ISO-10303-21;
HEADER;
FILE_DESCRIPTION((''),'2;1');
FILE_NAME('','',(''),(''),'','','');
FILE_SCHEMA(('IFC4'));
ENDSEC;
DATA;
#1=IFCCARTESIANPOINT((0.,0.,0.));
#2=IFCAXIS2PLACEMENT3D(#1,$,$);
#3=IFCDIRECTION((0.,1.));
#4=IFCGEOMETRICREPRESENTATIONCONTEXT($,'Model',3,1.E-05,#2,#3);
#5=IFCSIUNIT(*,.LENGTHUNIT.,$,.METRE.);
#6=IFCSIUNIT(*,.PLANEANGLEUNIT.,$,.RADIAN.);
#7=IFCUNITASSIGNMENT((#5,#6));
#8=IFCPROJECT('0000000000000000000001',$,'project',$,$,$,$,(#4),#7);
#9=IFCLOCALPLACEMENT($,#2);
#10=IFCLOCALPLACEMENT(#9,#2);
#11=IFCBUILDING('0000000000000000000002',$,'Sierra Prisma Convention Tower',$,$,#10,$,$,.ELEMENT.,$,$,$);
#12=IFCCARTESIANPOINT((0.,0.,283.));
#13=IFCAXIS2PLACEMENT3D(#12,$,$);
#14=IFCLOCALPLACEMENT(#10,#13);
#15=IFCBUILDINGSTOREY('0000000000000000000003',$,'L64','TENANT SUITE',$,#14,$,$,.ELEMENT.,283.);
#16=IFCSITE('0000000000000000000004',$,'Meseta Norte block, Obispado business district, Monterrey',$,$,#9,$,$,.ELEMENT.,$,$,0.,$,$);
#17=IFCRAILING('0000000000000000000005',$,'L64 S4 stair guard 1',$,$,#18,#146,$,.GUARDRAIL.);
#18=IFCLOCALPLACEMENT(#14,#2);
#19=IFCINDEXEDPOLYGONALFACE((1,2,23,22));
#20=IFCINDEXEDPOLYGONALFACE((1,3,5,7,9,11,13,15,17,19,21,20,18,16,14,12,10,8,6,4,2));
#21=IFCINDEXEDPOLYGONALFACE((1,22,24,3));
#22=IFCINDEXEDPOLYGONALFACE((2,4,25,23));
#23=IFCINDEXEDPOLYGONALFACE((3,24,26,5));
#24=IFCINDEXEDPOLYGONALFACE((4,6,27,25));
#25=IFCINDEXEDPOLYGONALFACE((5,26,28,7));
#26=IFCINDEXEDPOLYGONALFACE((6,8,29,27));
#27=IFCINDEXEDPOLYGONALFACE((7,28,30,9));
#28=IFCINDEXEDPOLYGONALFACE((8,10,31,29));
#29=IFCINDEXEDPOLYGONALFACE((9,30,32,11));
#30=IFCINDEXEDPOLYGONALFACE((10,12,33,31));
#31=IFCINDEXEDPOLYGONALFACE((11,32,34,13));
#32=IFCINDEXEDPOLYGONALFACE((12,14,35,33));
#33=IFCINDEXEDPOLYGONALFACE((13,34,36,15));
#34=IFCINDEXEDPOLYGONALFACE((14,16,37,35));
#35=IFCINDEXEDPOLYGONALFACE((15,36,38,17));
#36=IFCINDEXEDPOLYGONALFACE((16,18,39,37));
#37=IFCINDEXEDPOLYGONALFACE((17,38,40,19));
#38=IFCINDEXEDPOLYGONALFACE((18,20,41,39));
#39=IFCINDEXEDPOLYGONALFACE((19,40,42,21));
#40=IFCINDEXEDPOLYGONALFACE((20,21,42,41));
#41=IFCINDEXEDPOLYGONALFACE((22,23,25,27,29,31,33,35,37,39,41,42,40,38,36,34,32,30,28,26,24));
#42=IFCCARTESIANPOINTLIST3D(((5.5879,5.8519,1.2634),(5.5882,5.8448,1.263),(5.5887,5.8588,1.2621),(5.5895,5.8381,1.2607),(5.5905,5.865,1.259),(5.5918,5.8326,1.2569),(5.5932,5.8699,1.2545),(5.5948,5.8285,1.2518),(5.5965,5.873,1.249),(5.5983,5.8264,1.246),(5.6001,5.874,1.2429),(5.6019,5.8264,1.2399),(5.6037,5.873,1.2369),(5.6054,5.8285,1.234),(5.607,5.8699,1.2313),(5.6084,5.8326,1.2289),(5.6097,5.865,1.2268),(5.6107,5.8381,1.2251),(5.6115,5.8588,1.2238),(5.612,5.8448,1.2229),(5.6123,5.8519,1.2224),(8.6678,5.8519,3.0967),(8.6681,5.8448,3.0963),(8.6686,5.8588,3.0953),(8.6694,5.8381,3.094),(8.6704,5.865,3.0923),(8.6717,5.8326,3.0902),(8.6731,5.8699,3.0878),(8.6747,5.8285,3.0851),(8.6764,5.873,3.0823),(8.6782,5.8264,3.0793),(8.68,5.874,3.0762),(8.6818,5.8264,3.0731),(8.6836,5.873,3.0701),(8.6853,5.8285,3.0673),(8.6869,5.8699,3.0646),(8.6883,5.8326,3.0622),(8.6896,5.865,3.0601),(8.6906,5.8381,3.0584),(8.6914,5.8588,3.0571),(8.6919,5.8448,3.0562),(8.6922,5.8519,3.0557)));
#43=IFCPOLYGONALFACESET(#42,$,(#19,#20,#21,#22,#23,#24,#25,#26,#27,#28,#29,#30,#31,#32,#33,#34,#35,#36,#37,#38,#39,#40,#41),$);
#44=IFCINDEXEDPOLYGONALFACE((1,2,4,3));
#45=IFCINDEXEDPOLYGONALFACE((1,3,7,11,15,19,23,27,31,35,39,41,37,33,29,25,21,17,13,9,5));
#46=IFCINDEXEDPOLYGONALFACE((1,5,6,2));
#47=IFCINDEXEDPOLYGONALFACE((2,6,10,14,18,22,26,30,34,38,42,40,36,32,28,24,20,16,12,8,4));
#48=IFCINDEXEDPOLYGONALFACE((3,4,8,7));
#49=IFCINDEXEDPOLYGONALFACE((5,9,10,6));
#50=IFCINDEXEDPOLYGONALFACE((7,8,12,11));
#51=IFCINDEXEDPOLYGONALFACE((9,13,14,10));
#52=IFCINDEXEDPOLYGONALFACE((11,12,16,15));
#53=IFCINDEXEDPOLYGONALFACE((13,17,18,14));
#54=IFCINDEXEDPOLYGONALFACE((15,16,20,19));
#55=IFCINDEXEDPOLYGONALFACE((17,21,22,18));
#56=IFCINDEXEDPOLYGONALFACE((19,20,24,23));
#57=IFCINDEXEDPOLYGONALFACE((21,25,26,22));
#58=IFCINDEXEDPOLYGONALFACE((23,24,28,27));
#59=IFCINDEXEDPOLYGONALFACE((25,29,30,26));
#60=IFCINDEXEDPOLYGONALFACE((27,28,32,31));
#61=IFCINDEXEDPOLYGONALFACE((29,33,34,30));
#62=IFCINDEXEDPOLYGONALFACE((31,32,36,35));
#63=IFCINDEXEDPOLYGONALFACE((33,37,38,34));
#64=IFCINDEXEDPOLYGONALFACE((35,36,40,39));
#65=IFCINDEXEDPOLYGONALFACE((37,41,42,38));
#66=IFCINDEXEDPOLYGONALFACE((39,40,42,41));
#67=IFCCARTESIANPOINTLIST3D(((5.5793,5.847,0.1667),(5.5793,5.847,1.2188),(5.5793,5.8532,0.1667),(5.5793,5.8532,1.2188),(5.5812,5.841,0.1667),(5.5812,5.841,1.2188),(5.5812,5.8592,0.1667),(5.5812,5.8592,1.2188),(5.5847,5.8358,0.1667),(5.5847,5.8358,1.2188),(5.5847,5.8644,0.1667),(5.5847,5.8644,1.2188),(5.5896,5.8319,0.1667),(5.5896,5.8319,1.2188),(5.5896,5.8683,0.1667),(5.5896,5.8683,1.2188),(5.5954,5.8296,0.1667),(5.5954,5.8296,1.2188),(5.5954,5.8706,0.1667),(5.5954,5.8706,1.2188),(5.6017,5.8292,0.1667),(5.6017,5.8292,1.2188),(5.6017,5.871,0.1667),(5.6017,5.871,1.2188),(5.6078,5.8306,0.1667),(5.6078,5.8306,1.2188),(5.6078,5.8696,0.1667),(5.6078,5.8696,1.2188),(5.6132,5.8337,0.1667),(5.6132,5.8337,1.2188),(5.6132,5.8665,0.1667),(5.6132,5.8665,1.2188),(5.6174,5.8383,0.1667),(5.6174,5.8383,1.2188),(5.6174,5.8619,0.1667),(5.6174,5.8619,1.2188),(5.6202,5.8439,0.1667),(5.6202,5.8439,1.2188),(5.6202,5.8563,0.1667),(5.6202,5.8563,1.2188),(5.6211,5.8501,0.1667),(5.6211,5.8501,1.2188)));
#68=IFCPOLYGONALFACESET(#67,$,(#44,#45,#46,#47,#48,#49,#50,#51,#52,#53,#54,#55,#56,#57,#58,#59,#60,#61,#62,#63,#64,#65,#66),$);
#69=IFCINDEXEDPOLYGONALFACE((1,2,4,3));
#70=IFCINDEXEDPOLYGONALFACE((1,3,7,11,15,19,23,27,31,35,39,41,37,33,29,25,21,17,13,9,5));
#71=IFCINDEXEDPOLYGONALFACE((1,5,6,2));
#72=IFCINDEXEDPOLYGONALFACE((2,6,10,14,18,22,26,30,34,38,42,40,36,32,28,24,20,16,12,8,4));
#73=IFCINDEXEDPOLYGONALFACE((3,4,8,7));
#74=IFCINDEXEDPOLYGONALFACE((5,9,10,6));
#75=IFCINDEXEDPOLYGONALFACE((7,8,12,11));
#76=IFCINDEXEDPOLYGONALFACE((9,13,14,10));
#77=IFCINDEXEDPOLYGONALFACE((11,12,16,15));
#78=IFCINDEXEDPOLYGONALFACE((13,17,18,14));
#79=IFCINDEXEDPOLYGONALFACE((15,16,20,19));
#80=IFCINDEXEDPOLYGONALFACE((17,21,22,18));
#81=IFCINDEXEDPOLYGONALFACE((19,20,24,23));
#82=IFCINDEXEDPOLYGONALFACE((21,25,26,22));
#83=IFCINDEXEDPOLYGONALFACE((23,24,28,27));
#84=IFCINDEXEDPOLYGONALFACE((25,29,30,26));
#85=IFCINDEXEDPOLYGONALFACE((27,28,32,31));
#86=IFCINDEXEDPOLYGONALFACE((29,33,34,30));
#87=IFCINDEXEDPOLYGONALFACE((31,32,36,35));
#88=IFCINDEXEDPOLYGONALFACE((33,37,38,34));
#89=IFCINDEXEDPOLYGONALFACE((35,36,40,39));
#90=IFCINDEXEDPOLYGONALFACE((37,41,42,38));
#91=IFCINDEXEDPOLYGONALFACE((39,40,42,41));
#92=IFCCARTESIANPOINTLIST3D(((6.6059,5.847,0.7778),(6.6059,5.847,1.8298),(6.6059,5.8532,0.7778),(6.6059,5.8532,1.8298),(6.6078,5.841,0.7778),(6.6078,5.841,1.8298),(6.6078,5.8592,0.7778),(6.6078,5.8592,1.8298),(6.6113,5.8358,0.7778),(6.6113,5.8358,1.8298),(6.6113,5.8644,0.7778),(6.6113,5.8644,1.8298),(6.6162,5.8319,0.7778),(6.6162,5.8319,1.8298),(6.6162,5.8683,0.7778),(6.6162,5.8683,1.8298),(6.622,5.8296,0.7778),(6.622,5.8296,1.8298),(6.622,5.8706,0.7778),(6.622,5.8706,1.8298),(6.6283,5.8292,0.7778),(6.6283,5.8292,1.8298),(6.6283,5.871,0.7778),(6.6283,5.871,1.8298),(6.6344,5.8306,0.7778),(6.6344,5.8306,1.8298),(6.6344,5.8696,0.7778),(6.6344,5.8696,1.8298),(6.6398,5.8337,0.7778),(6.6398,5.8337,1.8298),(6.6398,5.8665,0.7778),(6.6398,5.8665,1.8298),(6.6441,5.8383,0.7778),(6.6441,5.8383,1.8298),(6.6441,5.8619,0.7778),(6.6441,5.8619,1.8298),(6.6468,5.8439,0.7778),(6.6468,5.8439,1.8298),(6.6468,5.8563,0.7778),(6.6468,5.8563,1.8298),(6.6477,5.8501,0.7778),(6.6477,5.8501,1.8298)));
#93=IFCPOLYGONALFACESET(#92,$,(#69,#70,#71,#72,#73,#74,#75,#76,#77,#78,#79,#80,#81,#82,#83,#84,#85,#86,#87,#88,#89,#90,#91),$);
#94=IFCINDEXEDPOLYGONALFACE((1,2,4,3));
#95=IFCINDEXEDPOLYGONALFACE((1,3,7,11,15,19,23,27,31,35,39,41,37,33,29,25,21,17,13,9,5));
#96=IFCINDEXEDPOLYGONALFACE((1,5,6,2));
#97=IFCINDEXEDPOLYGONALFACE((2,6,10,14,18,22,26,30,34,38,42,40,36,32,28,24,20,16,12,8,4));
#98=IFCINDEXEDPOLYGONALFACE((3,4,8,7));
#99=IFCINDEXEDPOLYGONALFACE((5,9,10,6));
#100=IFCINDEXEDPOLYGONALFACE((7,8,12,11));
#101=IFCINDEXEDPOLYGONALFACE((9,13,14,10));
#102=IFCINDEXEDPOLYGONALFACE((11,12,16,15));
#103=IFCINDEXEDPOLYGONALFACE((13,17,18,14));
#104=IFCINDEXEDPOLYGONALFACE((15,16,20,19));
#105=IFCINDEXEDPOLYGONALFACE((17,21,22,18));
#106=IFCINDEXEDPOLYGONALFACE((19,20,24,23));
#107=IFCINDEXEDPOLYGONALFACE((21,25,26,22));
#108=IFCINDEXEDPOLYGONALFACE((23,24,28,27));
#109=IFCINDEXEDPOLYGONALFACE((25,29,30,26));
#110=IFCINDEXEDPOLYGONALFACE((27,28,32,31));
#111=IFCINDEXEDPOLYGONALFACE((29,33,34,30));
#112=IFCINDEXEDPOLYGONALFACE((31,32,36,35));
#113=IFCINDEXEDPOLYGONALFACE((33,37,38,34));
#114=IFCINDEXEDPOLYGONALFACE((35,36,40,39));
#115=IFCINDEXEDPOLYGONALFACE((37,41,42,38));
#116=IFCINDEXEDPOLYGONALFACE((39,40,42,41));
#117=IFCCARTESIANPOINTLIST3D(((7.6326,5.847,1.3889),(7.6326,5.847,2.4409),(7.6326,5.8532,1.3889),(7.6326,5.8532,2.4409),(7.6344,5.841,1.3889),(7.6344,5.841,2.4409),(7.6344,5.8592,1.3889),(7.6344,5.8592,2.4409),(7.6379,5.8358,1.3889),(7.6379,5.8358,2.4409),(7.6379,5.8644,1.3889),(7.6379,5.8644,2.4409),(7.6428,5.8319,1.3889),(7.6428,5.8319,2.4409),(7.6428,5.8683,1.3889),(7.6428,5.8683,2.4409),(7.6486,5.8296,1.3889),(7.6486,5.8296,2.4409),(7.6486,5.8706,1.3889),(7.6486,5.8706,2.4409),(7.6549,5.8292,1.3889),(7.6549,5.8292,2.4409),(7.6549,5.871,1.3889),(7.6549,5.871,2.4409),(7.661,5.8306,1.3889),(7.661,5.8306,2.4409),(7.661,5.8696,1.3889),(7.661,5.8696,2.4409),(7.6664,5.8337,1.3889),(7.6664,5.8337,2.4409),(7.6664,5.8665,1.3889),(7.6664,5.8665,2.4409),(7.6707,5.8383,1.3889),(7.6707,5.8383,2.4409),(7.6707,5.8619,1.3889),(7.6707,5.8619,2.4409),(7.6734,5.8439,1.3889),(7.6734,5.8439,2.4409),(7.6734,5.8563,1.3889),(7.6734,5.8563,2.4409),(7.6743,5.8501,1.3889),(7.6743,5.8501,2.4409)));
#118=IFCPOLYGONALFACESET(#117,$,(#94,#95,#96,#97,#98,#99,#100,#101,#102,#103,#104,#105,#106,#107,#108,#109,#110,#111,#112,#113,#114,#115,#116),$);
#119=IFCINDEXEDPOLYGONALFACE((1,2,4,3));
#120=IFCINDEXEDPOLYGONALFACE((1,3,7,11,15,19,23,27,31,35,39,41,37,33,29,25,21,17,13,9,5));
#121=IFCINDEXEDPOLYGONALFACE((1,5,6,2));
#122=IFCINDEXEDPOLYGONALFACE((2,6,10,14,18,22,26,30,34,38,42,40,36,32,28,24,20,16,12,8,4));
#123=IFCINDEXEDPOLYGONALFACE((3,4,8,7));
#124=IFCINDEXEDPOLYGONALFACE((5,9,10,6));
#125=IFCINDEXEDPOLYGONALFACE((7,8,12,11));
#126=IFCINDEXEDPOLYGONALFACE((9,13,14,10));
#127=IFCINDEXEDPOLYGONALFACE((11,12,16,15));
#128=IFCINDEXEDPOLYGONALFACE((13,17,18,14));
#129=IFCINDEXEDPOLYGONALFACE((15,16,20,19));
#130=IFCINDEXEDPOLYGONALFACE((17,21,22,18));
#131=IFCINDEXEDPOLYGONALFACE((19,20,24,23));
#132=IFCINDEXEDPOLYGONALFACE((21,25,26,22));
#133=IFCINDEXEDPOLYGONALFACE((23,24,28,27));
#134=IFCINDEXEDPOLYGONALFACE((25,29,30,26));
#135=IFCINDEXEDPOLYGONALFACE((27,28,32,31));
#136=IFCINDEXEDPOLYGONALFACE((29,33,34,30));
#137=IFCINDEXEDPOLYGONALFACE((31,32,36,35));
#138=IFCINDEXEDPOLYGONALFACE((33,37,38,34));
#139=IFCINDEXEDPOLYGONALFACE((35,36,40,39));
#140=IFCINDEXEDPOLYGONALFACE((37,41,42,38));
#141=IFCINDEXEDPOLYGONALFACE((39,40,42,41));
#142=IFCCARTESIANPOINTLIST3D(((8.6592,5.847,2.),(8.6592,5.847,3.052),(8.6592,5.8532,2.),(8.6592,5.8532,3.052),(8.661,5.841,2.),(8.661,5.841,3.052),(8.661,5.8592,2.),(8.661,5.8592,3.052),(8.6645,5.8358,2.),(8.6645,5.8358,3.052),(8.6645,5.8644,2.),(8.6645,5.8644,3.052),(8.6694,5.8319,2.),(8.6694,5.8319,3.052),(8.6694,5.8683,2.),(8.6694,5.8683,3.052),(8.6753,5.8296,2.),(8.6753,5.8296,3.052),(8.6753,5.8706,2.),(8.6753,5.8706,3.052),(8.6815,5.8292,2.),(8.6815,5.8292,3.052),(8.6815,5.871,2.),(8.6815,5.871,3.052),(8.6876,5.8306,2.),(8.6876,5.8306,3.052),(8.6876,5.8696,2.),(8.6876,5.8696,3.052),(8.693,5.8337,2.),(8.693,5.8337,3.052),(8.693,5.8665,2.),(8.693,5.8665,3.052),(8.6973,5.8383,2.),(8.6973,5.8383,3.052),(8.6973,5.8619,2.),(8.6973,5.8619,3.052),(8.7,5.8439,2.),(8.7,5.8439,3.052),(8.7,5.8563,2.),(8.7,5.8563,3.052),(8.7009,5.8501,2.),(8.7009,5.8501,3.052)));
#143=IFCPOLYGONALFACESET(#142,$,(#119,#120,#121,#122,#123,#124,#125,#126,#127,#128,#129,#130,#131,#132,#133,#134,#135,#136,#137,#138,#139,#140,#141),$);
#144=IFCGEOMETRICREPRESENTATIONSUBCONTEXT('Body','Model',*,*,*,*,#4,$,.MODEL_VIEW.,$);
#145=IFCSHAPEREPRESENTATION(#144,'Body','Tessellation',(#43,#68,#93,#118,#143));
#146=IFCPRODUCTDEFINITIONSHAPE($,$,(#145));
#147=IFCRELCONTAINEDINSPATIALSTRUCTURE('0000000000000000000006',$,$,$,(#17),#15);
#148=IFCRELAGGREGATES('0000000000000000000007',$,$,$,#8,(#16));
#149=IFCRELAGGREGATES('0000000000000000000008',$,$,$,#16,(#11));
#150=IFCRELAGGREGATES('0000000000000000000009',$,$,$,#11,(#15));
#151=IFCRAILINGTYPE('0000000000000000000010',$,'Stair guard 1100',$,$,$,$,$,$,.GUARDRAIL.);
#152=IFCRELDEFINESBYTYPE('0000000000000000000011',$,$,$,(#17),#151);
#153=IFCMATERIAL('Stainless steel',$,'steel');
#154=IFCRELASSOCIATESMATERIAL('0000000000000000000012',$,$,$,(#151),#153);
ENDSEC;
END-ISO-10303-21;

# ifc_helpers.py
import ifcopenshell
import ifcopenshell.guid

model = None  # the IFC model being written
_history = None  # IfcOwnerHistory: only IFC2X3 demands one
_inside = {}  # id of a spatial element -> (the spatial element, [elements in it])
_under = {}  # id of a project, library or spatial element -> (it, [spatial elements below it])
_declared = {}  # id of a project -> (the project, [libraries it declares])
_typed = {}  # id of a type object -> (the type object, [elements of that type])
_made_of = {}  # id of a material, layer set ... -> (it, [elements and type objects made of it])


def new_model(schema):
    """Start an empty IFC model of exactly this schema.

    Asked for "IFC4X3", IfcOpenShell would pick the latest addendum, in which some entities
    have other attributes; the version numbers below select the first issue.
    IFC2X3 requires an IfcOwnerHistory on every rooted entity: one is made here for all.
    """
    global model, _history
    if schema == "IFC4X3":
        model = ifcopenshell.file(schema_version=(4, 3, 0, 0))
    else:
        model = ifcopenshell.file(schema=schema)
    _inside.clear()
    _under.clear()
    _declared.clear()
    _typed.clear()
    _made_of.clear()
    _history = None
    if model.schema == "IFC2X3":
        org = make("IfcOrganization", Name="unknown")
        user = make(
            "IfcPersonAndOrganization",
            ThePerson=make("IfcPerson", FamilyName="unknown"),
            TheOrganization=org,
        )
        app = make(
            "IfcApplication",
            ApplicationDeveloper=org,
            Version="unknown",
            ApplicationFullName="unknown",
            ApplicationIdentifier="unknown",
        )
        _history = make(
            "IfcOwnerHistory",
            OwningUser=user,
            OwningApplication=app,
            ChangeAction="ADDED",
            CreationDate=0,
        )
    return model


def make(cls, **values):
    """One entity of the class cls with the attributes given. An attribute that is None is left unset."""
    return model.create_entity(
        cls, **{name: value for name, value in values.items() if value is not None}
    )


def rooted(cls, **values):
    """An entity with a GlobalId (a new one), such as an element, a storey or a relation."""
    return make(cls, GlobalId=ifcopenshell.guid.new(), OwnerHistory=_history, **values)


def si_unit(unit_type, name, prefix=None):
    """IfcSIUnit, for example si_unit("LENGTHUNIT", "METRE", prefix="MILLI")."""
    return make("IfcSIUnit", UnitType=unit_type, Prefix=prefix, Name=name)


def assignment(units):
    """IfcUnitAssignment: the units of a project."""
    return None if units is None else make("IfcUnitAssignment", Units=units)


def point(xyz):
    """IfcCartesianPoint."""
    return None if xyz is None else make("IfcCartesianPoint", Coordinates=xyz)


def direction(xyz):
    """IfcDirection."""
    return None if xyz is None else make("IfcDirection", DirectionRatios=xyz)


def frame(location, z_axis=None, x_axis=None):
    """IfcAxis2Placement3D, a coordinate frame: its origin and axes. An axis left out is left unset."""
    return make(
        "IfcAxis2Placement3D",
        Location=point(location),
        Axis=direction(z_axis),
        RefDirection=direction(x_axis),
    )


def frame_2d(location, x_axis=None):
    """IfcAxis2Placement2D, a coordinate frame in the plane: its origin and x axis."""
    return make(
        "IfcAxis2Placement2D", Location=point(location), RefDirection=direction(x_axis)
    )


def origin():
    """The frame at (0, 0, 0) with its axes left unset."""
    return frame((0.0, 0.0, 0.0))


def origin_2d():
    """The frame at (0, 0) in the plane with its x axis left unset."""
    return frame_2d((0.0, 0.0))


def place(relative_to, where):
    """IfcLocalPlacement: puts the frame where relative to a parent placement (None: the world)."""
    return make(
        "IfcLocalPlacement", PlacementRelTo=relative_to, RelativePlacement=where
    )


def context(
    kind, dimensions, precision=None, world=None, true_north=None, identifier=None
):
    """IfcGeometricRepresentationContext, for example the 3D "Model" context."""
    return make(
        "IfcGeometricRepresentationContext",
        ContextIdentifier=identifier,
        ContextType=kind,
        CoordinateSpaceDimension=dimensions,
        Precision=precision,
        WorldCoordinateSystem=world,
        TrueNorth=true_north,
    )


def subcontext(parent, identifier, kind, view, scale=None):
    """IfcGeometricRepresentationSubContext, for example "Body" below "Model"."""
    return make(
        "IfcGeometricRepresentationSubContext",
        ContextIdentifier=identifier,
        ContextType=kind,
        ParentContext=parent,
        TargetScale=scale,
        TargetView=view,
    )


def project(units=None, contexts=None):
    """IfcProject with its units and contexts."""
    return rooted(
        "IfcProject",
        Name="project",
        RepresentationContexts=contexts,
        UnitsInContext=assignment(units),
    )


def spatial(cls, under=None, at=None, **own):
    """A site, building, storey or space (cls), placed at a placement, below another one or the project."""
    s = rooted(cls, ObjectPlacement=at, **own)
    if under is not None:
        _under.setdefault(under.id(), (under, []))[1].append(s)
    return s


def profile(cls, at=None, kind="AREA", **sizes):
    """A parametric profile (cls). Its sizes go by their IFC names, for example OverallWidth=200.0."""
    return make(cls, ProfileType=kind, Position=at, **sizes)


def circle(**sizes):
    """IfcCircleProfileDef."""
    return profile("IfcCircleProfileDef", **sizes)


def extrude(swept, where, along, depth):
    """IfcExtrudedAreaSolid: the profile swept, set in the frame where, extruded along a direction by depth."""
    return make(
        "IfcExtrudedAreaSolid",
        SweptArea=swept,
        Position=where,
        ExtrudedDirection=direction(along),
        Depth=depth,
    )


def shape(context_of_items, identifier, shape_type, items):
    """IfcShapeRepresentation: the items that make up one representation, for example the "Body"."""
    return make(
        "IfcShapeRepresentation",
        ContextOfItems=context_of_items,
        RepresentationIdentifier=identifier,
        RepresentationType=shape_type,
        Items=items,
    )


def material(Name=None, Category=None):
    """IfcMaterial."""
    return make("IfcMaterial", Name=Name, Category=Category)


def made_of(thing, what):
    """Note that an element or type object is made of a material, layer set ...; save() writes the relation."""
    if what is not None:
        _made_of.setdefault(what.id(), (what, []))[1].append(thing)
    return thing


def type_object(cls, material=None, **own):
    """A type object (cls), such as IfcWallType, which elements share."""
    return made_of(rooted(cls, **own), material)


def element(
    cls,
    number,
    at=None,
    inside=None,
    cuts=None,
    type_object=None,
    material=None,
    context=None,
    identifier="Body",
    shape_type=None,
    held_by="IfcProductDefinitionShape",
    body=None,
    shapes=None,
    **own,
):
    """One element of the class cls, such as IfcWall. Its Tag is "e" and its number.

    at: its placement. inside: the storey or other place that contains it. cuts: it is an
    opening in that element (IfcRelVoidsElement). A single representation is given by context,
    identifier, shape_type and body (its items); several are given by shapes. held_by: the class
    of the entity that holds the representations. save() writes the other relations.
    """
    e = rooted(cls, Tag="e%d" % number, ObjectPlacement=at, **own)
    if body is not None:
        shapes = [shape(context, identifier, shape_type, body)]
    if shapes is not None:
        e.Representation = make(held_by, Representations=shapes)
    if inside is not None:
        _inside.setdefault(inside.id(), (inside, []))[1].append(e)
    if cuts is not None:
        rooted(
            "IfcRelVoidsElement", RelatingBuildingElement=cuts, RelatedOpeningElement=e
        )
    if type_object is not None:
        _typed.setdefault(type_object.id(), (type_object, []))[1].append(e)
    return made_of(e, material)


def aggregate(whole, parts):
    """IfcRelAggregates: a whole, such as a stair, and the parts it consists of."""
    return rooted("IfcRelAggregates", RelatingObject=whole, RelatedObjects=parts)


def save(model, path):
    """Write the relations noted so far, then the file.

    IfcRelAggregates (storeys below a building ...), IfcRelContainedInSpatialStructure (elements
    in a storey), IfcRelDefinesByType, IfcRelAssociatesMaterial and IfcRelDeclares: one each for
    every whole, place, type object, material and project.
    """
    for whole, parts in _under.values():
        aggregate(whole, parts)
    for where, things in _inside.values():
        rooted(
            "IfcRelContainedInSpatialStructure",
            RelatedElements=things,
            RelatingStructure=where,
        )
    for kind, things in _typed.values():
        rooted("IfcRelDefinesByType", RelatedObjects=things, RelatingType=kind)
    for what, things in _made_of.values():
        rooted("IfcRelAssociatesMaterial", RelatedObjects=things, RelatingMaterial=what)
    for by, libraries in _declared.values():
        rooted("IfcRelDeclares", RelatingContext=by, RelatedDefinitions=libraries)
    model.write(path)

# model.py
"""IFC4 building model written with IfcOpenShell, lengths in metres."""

from ifc_helpers import new_model, si_unit, direction, frame, origin, origin_2d, place, context, subcontext, project, spatial, circle, extrude, material, type_object, element, save


model = new_model("IFC4")

# Units and contexts
model_context = context("Model", 3, precision=1e-05, world=origin(), true_north=direction((0.0, 1.0)))
body_context = subcontext(model_context, "Body", "Model", "MODEL_VIEW")
ifc_project = project(units=[si_unit("LENGTHUNIT", "METRE"), si_unit("PLANEANGLEUNIT", "RADIAN")], contexts=[model_context])

# Site, building, storey
site_placement = place(None, origin())
site = spatial("IfcSite", under=ifc_project, at=site_placement, Name="Meseta Norte block, Obispado business district, Monterrey", CompositionType="ELEMENT", RefElevation=0.0)
building_placement = place(site_placement, origin())
building = spatial("IfcBuilding", under=site, at=building_placement, Name="Sierra Prisma Convention Tower", CompositionType="ELEMENT")
storey_placement = place(building_placement, frame((0.0, 0.0, 283.0)))
storey = spatial("IfcBuildingStorey", under=building, at=storey_placement, Name="L64", Description="TENANT SUITE", CompositionType="ELEMENT", Elevation=283.0)

# Railing
ifc_material_1 = material(Name="Stainless steel", Category="steel")
railing_type_1 = type_object("IfcRailingType", Name="Stair guard 1100", PredefinedType="GUARDRAIL", material=ifc_material_1)
railing_1_placement = place(storey_placement, frame((5.6001, 5.8501, 0.1667)))
element("IfcRailing", 1, at=railing_1_placement, inside=storey, type_object=railing_type_1, Name="L64 S4 stair guard 1", PredefinedType="GUARDRAIL", context=body_context, shape_type="SweptSolid", body=[
    extrude(circle(Radius=0.0239, at=origin_2d()), frame((0.0, 0.0, 1.0762), z_axis=(0.859291, 0.0, 0.511487), x_axis=(0.0, 1.0, 0.0)), (0.0, 0.0, 1.0), 3.5842),
    extrude(circle(Radius=0.021, at=origin_2d()), origin(), (0.0, 0.0, 1.0), 1.052),
    extrude(circle(Radius=0.021, at=origin_2d()), frame((1.0266, 0.0, 0.6111)), (0.0, 0.0, 1.0), 1.052),
    extrude(circle(Radius=0.021, at=origin_2d()), frame((2.0532, 0.0, 1.2222)), (0.0, 0.0, 1.0), 1.052),
    extrude(circle(Radius=0.021, at=origin_2d()), frame((3.0798, 0.0, 1.8333)), (0.0, 0.0, 1.0), 1.052),
])

save(model, "model.ifc")
